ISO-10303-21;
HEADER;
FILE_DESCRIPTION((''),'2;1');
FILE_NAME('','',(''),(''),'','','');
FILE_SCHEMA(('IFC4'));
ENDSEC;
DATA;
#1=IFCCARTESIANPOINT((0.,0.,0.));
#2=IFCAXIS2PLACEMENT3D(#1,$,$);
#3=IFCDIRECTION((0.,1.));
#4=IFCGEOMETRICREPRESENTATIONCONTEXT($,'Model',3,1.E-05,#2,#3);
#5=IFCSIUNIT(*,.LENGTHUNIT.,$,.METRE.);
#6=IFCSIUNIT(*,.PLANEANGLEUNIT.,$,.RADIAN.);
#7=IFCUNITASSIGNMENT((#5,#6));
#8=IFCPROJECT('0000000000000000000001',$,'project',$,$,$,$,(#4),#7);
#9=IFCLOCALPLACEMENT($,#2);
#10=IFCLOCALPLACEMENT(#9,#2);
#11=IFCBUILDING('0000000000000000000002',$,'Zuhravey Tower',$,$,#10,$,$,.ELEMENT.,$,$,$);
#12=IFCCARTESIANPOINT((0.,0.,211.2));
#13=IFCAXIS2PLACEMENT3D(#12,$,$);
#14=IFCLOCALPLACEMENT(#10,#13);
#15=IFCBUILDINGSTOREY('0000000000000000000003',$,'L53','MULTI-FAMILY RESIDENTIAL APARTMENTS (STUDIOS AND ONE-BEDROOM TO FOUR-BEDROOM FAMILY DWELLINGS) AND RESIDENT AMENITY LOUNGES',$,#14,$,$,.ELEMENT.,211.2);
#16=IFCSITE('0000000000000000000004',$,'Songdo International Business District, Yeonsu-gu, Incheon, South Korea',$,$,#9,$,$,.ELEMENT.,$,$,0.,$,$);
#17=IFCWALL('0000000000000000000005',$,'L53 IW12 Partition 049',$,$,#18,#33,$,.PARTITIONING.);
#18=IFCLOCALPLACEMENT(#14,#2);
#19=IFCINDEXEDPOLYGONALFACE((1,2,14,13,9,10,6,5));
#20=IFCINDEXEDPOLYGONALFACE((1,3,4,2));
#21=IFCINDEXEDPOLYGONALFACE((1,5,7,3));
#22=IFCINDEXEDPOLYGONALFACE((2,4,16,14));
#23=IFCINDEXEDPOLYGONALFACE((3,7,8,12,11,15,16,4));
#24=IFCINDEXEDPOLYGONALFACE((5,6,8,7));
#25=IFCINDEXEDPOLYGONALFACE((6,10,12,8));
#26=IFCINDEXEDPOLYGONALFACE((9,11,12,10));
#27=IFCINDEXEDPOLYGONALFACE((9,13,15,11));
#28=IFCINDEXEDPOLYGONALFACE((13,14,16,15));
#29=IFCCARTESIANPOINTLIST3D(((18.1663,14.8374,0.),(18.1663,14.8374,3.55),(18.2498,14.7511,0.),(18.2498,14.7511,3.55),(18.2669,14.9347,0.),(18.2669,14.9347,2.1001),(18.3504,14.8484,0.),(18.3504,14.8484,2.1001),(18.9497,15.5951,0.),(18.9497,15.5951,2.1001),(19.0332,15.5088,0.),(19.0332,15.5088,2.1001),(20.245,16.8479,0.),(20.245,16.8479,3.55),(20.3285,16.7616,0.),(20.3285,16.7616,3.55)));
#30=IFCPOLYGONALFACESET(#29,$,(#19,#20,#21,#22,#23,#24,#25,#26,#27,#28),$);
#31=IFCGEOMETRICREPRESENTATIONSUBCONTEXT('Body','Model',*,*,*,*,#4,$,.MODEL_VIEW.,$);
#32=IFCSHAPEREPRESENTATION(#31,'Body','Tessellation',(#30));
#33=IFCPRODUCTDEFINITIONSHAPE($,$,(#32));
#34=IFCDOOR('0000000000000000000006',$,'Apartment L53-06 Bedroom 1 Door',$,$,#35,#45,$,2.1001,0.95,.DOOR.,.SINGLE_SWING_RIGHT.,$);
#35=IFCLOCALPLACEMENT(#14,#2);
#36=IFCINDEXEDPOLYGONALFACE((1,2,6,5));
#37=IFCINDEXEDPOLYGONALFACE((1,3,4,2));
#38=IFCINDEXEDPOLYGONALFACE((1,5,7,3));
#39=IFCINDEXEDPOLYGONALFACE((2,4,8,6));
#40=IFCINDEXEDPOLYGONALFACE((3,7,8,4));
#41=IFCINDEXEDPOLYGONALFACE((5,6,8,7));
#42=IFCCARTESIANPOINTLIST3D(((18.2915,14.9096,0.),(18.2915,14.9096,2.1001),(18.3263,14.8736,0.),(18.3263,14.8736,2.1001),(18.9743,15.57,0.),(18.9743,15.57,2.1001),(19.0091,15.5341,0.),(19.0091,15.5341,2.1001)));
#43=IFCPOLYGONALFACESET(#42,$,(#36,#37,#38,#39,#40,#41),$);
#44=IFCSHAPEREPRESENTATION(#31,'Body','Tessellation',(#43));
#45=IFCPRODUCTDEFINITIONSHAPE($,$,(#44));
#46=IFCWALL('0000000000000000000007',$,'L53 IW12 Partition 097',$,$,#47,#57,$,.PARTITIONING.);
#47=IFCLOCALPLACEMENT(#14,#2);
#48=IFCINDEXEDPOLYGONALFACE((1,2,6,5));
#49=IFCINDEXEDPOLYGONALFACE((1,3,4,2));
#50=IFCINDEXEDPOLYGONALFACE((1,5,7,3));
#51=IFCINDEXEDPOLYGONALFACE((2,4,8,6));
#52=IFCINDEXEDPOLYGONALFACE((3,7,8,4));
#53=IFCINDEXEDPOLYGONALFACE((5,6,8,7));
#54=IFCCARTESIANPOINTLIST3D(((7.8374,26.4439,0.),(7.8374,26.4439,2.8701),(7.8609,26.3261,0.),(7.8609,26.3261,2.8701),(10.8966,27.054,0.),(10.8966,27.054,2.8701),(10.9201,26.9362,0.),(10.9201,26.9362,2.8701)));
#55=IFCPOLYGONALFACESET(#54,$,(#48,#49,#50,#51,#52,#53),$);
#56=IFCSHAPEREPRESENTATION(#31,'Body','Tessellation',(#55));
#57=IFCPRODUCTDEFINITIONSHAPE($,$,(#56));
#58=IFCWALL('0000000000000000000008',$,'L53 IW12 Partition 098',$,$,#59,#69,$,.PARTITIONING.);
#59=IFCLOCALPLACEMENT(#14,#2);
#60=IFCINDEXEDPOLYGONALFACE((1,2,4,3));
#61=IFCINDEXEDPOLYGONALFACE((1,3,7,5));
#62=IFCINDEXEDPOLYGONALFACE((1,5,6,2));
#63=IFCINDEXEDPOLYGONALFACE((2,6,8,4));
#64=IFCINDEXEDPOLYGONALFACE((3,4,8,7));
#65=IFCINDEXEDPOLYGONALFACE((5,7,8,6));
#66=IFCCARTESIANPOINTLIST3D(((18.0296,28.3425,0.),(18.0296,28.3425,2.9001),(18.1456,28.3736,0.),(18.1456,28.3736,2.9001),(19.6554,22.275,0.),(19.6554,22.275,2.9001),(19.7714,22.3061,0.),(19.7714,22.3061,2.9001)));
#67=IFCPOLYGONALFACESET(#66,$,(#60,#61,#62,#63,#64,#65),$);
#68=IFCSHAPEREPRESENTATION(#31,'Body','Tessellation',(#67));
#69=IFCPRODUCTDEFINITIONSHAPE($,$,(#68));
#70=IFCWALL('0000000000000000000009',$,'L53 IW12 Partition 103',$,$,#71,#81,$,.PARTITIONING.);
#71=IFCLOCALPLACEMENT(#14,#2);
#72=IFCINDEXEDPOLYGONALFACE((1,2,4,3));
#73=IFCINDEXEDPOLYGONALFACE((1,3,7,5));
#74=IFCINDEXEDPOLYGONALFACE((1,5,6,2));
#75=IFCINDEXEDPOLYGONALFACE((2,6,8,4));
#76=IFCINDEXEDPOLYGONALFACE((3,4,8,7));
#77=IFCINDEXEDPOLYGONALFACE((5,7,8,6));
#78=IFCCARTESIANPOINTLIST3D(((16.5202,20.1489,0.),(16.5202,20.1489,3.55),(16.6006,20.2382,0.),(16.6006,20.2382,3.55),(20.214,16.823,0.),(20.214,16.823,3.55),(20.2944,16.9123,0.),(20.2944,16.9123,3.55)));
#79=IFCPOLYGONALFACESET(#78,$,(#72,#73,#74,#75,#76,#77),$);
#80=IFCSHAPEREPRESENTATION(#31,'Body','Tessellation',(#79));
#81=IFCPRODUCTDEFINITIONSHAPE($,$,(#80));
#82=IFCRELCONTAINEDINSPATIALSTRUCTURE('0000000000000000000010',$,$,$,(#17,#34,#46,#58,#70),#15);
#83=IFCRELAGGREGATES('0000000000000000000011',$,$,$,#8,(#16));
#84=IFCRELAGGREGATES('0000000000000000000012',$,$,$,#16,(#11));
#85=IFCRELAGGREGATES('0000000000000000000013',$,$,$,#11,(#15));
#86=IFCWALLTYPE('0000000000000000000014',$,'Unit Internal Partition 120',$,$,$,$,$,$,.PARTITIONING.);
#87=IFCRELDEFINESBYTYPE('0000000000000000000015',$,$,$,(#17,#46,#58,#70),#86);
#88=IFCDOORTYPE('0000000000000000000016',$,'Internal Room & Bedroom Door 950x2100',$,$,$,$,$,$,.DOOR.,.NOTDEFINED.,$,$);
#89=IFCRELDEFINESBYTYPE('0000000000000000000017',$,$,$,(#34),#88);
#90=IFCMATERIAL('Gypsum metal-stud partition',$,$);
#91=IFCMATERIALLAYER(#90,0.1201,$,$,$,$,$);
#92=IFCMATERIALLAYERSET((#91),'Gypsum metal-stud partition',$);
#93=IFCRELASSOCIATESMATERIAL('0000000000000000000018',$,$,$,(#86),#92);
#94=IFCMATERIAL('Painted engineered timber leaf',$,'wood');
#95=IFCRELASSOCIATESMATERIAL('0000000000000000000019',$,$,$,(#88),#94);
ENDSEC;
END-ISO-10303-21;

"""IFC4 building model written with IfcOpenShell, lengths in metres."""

from ifc_helpers import new_model, si_unit, direction, frame, frame_2d, origin, place, context, subcontext, project, spatial, rectangle, extrude, material, layer, layer_set, type_object, element, fill, save


model = new_model("IFC4")

# Units and contexts
model_context = context("Model", 3, precision=1e-05, world=origin(), true_north=direction((0.0, 1.0)))
body_context = subcontext(model_context, "Body", "Model", "MODEL_VIEW")
ifc_project = project(units=[si_unit("LENGTHUNIT", "METRE"), si_unit("PLANEANGLEUNIT", "RADIAN")], contexts=[model_context])

# Site, building, storey
site_placement = place(None, origin())
site = spatial("IfcSite", under=ifc_project, at=site_placement, Name="Songdo International Business District, Yeonsu-gu, Incheon, South Korea", CompositionType="ELEMENT", RefElevation=0.0)
building_placement = place(site_placement, origin())
building = spatial("IfcBuilding", under=site, at=building_placement, Name="Zuhravey Tower", CompositionType="ELEMENT")
storey_placement = place(building_placement, frame((0.0, 0.0, 211.2)))
storey = spatial("IfcBuildingStorey", under=building, at=storey_placement, Name="L53", Description="MULTI-FAMILY RESIDENTIAL APARTMENTS (STUDIOS AND ONE-BEDROOM TO FOUR-BEDROOM FAMILY DWELLINGS) AND RESIDENT AMENITY LOUNGES", CompositionType="ELEMENT", Elevation=211.2)

# Shared definitions
ifc_material_1 = material(Name="Gypsum metal-stud partition")
ifc_layer_1 = layer(ifc_material_1, 0.1201)
ifc_layer_set_1 = layer_set([ifc_layer_1], Name="Gypsum metal-stud partition")
wall_type_1 = type_object("IfcWallType", Name="Unit Internal Partition 120", PredefinedType="PARTITIONING", material=ifc_layer_set_1)
ifc_material_2 = material(Name="Painted engineered timber leaf", Category="wood")
door_type = type_object("IfcDoorType", Name="Internal Room & Bedroom Door 950x2100", OperationType="NOTDEFINED", PredefinedType="DOOR", material=ifc_material_2)

# Wall, opening, door
wall_1_placement = place(storey_placement, frame((20.2866, 16.8047, 0.0), z_axis=(0.0, 0.0, 1.0), x_axis=(-0.718786, -0.695232, 0.0)))
wall_1 = element("IfcWall", 1, at=wall_1_placement, inside=storey, type_object=wall_type_1, Name="L53 IW12 Partition 049", PredefinedType="PARTITIONING", context=body_context, shape_type="SweptSolid", body=[
    extrude(rectangle(XDim=2.8918, YDim=0.1201, at=frame_2d((1.4458, 0.0))), origin(), (0.0, 0.0, 1.0), 3.55),
])
opening_1_placement = place(wall_1_placement, frame((1.8018, 0.0, 0.0)))
opening_1 = element("IfcOpeningElement", 2, at=opening_1_placement, cuts=wall_1, PredefinedType="OPENING", context=body_context, shape_type="SweptSolid", body=[
    extrude(rectangle(XDim=0.95, YDim=2.1001, at=frame_2d((0.4751, 1.05))), frame((0.0, 0.072, 0.0), z_axis=(0.0, -1.0, 0.0), x_axis=(1.0, 0.0, 0.0)), (0.0, 0.0, 1.0), 0.144),
])
door_1_placement = place(opening_1_placement, frame((0.95, 0.0, 0.0), z_axis=(0.0, 0.0, 1.0), x_axis=(-1.0, 0.0, 0.0)))
door_1 = element("IfcDoor", 3, at=door_1_placement, inside=storey, type_object=door_type, Name="Apartment L53-06 Bedroom 1 Door", OperationType="SINGLE_SWING_RIGHT", OverallHeight=2.1001, OverallWidth=0.95, PredefinedType="DOOR", context=body_context, shape_type="SweptSolid", body=[
    extrude(rectangle(XDim=0.95, YDim=2.1001, at=frame_2d((0.4751, 1.05))), frame((0.0, 0.0249, 0.0), z_axis=(0.0, -1.0, 0.0), x_axis=(1.0, 0.0, 0.0)), (0.0, 0.0, 1.0), 0.05),
])
fill(opening_1, door_1)

# Walls
wall_2_placement = place(storey_placement, frame((10.9082, 26.9951, 0.0), z_axis=(0.0, 0.0, 1.0), x_axis=(-0.980686, -0.195589, 0.0)))
element("IfcWall", 4, at=wall_2_placement, inside=storey, type_object=wall_type_1, Name="L53 IW12 Partition 097", PredefinedType="PARTITIONING", context=body_context, shape_type="SweptSolid", body=[
    extrude(rectangle(XDim=3.1194, YDim=0.1201, at=frame_2d((1.5596, 0.0))), origin(), (0.0, 0.0, 1.0), 2.8701),
])
wall_3_placement = place(storey_placement, frame((18.0876, 28.3579, 0.0), z_axis=(0.0, 0.0, 1.0), x_axis=(0.258816, -0.965927, 0.0)))
element("IfcWall", 5, at=wall_3_placement, inside=storey, type_object=wall_type_1, Name="L53 IW12 Partition 098", PredefinedType="PARTITIONING", context=body_context, shape_type="SweptSolid", body=[
    extrude(rectangle(XDim=6.2815, YDim=0.1201, at=frame_2d((3.1406, 0.0))), origin(), (0.0, 0.0, 1.0), 2.9001),
])
wall_4_placement = place(storey_placement, frame((16.5603, 20.1936, 0.0), z_axis=(0.0, 0.0, 1.0), x_axis=(0.743148, -0.669128, 0.0)))
element("IfcWall", 6, at=wall_4_placement, inside=storey, type_object=wall_type_1, Name="L53 IW12 Partition 103", PredefinedType="PARTITIONING", context=body_context, shape_type="SweptSolid", body=[
    extrude(rectangle(XDim=4.9705, YDim=0.1201, at=frame_2d((2.4854, 0.0))), origin(), (0.0, 0.0, 1.0), 3.55),
])

save(model, "model.ifc")
